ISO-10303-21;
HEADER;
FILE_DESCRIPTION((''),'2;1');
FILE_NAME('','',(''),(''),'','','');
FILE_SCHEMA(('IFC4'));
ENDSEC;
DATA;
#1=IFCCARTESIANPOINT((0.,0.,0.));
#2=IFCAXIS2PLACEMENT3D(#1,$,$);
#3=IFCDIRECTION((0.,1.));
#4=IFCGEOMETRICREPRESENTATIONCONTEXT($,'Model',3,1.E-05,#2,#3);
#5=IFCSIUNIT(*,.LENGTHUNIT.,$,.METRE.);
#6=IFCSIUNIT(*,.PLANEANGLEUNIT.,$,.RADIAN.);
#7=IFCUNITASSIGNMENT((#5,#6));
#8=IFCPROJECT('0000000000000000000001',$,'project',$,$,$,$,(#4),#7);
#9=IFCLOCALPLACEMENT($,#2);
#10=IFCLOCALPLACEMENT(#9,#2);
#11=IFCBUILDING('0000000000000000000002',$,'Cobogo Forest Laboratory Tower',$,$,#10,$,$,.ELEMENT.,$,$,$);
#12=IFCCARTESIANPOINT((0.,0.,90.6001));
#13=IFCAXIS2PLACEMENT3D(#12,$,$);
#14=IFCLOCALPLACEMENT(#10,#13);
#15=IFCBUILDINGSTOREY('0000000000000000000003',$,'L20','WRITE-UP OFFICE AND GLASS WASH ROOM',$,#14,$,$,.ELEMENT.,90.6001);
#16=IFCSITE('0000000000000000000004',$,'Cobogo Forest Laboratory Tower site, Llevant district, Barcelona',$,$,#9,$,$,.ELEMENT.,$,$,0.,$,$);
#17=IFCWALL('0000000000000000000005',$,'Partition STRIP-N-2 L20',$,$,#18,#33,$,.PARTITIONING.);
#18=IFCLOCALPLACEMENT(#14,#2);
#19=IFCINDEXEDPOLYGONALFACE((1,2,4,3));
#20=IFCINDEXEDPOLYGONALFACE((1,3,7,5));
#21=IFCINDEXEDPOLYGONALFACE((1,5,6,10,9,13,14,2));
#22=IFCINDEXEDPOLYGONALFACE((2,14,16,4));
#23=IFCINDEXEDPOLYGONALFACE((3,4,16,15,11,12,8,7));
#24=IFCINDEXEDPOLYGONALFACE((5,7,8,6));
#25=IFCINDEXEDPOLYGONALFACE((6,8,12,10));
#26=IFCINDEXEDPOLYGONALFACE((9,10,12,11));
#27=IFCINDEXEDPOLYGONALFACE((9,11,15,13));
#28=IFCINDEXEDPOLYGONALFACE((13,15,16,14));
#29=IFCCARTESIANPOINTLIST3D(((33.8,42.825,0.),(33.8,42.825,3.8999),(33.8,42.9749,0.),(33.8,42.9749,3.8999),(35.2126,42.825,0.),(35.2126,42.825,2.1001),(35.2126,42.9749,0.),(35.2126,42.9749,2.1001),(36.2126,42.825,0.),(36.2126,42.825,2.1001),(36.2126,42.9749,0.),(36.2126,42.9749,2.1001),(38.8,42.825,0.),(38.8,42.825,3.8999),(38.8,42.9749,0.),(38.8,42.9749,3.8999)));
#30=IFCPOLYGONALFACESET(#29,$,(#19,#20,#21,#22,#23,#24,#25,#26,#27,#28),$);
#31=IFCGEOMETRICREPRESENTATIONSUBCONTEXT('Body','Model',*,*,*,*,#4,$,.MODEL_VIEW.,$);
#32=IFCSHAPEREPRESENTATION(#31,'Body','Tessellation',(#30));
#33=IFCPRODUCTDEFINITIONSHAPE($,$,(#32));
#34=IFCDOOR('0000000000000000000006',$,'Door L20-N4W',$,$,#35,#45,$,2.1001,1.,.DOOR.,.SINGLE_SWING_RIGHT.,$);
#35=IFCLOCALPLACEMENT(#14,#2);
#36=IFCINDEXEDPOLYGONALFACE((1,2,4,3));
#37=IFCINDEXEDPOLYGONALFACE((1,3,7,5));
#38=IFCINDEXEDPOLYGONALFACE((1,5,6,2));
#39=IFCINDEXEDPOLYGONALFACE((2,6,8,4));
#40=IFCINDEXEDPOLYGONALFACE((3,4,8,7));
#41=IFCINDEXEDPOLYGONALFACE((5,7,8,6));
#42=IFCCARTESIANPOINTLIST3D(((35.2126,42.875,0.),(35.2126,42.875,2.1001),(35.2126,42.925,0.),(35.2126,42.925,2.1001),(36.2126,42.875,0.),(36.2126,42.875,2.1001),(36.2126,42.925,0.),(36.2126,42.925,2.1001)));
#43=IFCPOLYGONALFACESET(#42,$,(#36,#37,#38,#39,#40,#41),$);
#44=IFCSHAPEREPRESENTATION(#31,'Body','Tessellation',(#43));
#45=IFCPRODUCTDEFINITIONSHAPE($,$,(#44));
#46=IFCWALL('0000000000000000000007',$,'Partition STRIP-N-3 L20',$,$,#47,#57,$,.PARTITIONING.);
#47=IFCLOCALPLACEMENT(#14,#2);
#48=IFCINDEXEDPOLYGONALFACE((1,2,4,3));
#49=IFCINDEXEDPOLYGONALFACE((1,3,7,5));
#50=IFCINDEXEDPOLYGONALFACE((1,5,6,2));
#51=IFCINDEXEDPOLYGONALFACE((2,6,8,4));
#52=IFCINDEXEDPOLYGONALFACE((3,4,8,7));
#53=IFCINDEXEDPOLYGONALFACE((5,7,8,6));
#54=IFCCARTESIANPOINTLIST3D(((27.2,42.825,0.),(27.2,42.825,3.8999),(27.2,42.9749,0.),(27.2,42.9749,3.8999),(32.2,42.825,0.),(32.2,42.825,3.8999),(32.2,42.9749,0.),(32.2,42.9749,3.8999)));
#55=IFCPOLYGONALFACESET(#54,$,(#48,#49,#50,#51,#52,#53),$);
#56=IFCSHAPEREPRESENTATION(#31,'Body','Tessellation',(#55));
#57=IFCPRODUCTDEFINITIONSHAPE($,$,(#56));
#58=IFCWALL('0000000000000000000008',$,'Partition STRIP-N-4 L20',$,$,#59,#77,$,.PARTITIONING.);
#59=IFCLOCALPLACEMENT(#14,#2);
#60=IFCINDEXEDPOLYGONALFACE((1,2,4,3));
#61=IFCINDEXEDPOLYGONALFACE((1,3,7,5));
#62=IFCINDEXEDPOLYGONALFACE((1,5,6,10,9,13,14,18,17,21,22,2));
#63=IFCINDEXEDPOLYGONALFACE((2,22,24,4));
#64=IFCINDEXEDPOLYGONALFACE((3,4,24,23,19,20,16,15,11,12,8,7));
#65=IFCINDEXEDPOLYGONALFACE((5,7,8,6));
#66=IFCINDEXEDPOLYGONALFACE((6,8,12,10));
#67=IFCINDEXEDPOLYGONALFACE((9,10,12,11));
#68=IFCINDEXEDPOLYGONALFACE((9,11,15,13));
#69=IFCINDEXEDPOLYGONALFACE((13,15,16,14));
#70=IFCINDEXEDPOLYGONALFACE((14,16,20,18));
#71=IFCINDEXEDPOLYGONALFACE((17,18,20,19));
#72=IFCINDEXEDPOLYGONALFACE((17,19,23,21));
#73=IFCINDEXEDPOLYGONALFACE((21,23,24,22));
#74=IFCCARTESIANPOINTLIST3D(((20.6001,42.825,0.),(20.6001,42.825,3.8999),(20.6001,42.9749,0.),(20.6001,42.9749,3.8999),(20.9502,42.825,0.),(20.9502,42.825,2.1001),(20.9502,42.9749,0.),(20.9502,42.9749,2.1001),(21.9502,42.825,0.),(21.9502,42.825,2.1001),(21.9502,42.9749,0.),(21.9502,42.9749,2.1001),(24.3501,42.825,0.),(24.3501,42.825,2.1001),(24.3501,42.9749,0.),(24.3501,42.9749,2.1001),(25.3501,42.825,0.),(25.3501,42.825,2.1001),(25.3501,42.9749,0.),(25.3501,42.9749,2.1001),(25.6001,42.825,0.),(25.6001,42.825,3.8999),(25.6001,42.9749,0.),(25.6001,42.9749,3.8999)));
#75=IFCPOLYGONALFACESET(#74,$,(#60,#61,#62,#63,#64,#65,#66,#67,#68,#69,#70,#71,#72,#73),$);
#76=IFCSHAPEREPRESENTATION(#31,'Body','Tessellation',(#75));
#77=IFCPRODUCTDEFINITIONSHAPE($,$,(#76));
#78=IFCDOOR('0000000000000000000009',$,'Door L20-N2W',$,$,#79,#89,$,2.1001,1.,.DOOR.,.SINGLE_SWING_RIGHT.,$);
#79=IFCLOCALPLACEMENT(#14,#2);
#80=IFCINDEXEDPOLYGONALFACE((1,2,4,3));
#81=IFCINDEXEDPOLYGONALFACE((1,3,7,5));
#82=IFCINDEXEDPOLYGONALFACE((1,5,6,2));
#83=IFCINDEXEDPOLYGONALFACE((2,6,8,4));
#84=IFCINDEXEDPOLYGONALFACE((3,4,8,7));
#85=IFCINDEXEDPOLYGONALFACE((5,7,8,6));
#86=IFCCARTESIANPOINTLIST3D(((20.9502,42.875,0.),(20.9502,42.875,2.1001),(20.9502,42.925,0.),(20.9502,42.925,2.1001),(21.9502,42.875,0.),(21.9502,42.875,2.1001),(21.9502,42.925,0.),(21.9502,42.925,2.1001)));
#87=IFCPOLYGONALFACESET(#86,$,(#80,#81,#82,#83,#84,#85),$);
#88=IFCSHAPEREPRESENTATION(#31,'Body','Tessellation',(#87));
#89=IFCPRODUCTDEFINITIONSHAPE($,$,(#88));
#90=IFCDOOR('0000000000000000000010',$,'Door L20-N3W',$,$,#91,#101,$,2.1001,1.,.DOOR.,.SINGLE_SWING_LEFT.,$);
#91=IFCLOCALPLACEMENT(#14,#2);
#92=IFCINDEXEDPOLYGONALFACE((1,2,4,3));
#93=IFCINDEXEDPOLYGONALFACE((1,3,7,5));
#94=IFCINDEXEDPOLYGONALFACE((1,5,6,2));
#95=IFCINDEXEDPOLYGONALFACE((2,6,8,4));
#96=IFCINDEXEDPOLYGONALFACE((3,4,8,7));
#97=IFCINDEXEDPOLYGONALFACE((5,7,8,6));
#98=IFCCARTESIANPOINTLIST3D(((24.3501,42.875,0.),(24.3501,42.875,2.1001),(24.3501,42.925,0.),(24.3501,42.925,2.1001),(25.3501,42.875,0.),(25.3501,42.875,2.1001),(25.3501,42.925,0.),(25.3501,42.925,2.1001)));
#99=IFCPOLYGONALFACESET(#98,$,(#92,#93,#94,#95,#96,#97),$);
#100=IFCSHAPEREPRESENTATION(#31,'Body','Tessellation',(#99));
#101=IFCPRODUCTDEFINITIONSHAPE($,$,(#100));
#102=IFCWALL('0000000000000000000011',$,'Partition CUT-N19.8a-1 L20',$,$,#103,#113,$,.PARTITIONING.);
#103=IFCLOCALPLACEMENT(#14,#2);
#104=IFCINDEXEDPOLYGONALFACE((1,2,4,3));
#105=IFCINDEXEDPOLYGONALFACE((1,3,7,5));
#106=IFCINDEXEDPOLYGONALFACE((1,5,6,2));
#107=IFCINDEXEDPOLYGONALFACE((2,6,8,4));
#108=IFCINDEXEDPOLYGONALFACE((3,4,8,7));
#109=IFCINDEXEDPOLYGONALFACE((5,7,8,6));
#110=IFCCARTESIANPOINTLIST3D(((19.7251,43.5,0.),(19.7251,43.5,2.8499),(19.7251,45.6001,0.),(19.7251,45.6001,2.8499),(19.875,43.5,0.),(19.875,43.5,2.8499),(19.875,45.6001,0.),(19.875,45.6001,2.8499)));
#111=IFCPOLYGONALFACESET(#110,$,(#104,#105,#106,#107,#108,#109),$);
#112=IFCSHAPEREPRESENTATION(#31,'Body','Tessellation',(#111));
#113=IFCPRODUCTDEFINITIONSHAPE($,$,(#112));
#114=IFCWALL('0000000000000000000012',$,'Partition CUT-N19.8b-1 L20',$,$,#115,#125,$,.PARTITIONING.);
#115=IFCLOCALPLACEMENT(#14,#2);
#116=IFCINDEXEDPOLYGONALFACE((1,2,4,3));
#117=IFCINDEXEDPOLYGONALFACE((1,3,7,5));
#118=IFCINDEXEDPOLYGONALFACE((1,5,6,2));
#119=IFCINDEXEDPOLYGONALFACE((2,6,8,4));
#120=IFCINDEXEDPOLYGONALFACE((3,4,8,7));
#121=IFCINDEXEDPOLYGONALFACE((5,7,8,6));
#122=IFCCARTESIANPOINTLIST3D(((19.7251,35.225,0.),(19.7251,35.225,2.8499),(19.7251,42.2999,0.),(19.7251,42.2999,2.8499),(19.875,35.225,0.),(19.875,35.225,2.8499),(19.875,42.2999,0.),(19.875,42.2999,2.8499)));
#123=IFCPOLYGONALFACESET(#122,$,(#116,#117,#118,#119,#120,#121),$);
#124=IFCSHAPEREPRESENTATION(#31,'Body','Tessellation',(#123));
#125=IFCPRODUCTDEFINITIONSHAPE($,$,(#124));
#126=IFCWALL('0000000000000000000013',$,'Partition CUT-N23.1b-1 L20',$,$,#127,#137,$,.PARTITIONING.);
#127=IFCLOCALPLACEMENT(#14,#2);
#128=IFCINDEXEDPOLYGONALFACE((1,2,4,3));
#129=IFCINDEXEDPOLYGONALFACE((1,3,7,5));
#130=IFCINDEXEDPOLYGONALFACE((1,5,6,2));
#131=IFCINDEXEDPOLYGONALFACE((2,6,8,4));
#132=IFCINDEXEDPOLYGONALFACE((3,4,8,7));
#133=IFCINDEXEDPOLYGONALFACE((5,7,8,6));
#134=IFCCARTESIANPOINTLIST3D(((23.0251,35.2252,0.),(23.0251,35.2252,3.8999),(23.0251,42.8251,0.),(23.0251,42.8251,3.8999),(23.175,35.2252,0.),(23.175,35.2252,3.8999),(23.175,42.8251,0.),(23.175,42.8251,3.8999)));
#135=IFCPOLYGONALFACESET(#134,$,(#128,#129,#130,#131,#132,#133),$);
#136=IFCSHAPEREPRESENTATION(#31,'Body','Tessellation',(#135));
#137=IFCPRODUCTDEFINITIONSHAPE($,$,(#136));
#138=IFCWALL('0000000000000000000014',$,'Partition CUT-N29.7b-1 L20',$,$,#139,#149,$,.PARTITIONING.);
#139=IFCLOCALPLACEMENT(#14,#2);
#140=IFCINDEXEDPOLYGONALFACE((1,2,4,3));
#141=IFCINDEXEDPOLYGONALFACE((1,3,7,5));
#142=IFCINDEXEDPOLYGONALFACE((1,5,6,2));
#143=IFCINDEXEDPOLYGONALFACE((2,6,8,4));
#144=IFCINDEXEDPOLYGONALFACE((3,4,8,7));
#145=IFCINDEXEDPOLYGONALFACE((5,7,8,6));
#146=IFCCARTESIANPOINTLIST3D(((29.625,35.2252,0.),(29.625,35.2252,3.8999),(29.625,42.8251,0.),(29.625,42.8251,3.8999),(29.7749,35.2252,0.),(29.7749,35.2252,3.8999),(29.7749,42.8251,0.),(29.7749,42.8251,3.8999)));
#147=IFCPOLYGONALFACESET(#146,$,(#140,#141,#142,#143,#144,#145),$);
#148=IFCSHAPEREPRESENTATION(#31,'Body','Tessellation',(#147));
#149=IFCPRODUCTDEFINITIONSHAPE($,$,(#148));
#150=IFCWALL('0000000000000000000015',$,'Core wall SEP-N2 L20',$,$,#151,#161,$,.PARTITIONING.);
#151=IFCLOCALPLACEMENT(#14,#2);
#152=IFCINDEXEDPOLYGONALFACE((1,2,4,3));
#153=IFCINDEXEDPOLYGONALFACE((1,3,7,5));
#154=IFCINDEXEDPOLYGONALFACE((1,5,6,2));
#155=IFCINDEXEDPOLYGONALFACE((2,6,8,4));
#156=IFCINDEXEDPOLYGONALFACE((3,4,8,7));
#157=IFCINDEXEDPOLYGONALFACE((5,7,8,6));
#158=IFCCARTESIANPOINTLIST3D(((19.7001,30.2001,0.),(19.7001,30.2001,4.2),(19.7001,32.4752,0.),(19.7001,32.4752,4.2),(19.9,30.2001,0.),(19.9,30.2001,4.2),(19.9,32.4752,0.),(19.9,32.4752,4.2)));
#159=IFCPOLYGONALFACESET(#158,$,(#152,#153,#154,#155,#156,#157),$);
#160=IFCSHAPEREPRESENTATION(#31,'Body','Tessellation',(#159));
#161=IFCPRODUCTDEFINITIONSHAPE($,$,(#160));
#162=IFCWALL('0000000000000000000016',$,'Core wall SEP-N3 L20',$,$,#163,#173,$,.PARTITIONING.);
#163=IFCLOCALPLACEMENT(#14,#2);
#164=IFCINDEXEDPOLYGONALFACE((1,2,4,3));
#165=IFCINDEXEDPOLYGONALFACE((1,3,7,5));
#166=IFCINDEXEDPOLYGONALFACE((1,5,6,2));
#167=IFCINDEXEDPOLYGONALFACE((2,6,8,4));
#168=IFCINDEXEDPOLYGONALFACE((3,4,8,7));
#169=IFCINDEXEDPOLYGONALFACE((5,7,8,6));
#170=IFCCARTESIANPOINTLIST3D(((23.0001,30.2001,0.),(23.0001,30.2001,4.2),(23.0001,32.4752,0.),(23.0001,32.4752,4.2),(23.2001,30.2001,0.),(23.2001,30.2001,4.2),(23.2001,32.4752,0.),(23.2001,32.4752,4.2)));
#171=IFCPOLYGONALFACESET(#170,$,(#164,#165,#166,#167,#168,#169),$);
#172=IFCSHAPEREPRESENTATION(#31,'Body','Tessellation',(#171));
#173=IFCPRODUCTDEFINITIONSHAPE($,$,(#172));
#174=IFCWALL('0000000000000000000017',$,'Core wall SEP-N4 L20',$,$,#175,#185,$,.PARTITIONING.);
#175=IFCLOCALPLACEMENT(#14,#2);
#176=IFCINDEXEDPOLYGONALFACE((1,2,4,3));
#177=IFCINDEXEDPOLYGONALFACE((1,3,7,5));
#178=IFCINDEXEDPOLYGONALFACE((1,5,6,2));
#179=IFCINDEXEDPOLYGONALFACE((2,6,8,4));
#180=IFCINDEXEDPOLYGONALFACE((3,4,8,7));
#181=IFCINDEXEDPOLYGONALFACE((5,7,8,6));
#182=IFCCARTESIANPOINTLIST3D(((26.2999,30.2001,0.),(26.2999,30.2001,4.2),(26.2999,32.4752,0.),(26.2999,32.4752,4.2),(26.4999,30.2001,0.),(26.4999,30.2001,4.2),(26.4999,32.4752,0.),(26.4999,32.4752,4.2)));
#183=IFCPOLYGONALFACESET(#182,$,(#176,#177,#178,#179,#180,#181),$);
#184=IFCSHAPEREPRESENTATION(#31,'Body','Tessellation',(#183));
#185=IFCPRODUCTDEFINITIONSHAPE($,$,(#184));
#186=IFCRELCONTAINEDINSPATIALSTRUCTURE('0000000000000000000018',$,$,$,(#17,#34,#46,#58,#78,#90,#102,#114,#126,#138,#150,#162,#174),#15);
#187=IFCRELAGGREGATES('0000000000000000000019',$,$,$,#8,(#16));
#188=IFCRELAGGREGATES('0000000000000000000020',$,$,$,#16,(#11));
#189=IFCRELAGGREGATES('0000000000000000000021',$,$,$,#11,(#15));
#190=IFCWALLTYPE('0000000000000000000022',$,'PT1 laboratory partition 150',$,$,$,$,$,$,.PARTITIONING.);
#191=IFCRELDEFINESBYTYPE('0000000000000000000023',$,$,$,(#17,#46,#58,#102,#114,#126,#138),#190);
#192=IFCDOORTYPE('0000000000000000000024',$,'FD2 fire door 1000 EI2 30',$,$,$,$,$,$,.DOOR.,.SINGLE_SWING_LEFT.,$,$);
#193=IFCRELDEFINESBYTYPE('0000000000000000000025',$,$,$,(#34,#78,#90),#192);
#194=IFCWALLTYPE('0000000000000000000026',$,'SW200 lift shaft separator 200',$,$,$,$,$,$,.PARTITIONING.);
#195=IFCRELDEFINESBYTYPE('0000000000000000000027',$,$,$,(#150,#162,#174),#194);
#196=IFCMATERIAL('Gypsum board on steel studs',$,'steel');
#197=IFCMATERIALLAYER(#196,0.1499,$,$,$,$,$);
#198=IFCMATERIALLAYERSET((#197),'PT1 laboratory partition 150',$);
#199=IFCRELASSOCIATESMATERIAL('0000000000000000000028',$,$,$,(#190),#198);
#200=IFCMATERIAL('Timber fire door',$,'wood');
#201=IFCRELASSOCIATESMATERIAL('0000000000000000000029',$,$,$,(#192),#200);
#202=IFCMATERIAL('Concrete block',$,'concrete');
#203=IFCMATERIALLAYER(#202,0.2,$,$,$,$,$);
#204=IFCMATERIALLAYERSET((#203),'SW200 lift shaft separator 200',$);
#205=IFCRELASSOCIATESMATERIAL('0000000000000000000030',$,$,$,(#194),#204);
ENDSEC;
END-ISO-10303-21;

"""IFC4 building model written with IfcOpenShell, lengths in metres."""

from ifc_helpers import new_model, si_unit, direction, frame, frame_2d, origin, place, context, subcontext, project, spatial, rectangle, extrude, material, layer, layer_set, type_object, element, fill, save


model = new_model("IFC4")

# Units and contexts
model_context = context("Model", 3, precision=1e-05, world=origin(), true_north=direction((0.0, 1.0)))
body_context = subcontext(model_context, "Body", "Model", "MODEL_VIEW")
ifc_project = project(units=[si_unit("LENGTHUNIT", "METRE"), si_unit("PLANEANGLEUNIT", "RADIAN")], contexts=[model_context])

# Site, building, storey
site_placement = place(None, origin())
site = spatial("IfcSite", under=ifc_project, at=site_placement, Name="Cobogo Forest Laboratory Tower site, Llevant district, Barcelona", CompositionType="ELEMENT", RefElevation=0.0)
building_placement = place(site_placement, origin())
building = spatial("IfcBuilding", under=site, at=building_placement, Name="Cobogo Forest Laboratory Tower", CompositionType="ELEMENT")
storey_placement = place(building_placement, frame((0.0, 0.0, 90.6001)))
storey = spatial("IfcBuildingStorey", under=building, at=storey_placement, Name="L20", Description="WRITE-UP OFFICE AND GLASS WASH ROOM", CompositionType="ELEMENT", Elevation=90.6001)

# Wall, opening, door
ifc_material_1 = material(Name="Gypsum board on steel studs", Category="steel")
ifc_layer_1 = layer(ifc_material_1, 0.1499)
ifc_layer_set_1 = layer_set([ifc_layer_1], Name="PT1 laboratory partition 150")
wall_type_1 = type_object("IfcWallType", Name="PT1 laboratory partition 150", PredefinedType="PARTITIONING", material=ifc_layer_set_1)
wall_1_placement = place(storey_placement, frame((38.8, 42.8999, 0.0), z_axis=(0.0, 0.0, 1.0), x_axis=(-1.0, 0.0, 0.0)))
wall_1 = element("IfcWall", 1, at=wall_1_placement, inside=storey, type_object=wall_type_1, Name="Partition STRIP-N-2 L20", PredefinedType="PARTITIONING", context=body_context, shape_type="SweptSolid", body=[
    extrude(rectangle(XDim=5.0, YDim=0.1499, at=frame_2d((2.5, 0.0))), origin(), (0.0, 0.0, 1.0), 3.8999),
])
opening_1_placement = place(wall_1_placement, frame((2.5874, 0.0, 0.0)))
opening_1 = element("IfcOpeningElement", 2, at=opening_1_placement, cuts=wall_1, PredefinedType="OPENING", context=body_context, shape_type="SweptSolid", body=[
    extrude(rectangle(XDim=1.0, YDim=2.1001, at=frame_2d((0.5, 1.05))), frame((0.0, 0.085, 0.0), z_axis=(0.0, -1.0, 0.0), x_axis=(1.0, 0.0, 0.0)), (0.0, 0.0, 1.0), 0.1699),
])
ifc_material_2 = material(Name="Timber fire door", Category="wood")
door_type = type_object("IfcDoorType", Name="FD2 fire door 1000 EI2 30", OperationType="SINGLE_SWING_LEFT", PredefinedType="DOOR", material=ifc_material_2)
door_1_placement = place(opening_1_placement, origin())
door_1 = element("IfcDoor", 3, at=door_1_placement, inside=storey, type_object=door_type, Name="Door L20-N4W", OperationType="SINGLE_SWING_RIGHT", OverallHeight=2.1001, OverallWidth=1.0, PredefinedType="DOOR", context=body_context, shape_type="SweptSolid", body=[
    extrude(rectangle(XDim=1.0, YDim=2.1001, at=frame_2d((0.5, 1.05))), frame((0.0, 0.0249, 0.0), z_axis=(0.0, -1.0, 0.0), x_axis=(1.0, 0.0, 0.0)), (0.0, 0.0, 1.0), 0.05),
])
fill(opening_1, door_1)

# Wall
wall_2_placement = place(storey_placement, frame((32.2, 42.8999, 0.0), z_axis=(0.0, 0.0, 1.0), x_axis=(-1.0, 0.0, 0.0)))
element("IfcWall", 4, at=wall_2_placement, inside=storey, type_object=wall_type_1, Name="Partition STRIP-N-3 L20", PredefinedType="PARTITIONING", context=body_context, shape_type="SweptSolid", body=[
    extrude(rectangle(XDim=5.0, YDim=0.1499, at=frame_2d((2.5, 0.0))), origin(), (0.0, 0.0, 1.0), 3.8999),
])

# Wall, openings, doors
wall_3_placement = place(storey_placement, frame((25.6001, 42.8999, 0.0), z_axis=(0.0, 0.0, 1.0), x_axis=(-1.0, 0.0, 0.0)))
wall_3 = element("IfcWall", 5, at=wall_3_placement, inside=storey, type_object=wall_type_1, Name="Partition STRIP-N-4 L20", PredefinedType="PARTITIONING", context=body_context, shape_type="SweptSolid", body=[
    extrude(rectangle(XDim=5.0, YDim=0.1499, at=frame_2d((2.5, 0.0))), origin(), (0.0, 0.0, 1.0), 3.8999),
])
opening_2_placement = place(wall_3_placement, frame((3.6499, 0.0, 0.0)))
opening_2 = element("IfcOpeningElement", 6, at=opening_2_placement, cuts=wall_3, PredefinedType="OPENING", context=body_context, shape_type="SweptSolid", body=[
    extrude(rectangle(XDim=1.0, YDim=2.1001, at=frame_2d((0.5, 1.05))), frame((0.0, 0.085, 0.0), z_axis=(0.0, -1.0, 0.0), x_axis=(1.0, 0.0, 0.0)), (0.0, 0.0, 1.0), 0.1699),
])
opening_3_placement = place(wall_3_placement, frame((0.25, 0.0, 0.0)))
opening_3 = element("IfcOpeningElement", 7, at=opening_3_placement, cuts=wall_3, PredefinedType="OPENING", context=body_context, shape_type="SweptSolid", body=[
    extrude(rectangle(XDim=1.0, YDim=2.1001, at=frame_2d((0.5, 1.05))), frame((0.0, 0.085, 0.0), z_axis=(0.0, -1.0, 0.0), x_axis=(1.0, 0.0, 0.0)), (0.0, 0.0, 1.0), 0.1699),
])
door_2_placement = place(opening_2_placement, origin())
door_2 = element("IfcDoor", 8, at=door_2_placement, inside=storey, type_object=door_type, Name="Door L20-N2W", OperationType="SINGLE_SWING_RIGHT", OverallHeight=2.1001, OverallWidth=1.0, PredefinedType="DOOR", context=body_context, shape_type="SweptSolid", body=[
    extrude(rectangle(XDim=1.0, YDim=2.1001, at=frame_2d((0.5, 1.05))), frame((0.0, 0.0249, 0.0), z_axis=(0.0, -1.0, 0.0), x_axis=(1.0, 0.0, 0.0)), (0.0, 0.0, 1.0), 0.05),
])
fill(opening_2, door_2)
door_3_placement = place(opening_3_placement, origin())
door_3 = element("IfcDoor", 9, at=door_3_placement, inside=storey, type_object=door_type, Name="Door L20-N3W", OperationType="SINGLE_SWING_LEFT", OverallHeight=2.1001, OverallWidth=1.0, PredefinedType="DOOR", context=body_context, shape_type="SweptSolid", body=[
    extrude(rectangle(XDim=1.0, YDim=2.1001, at=frame_2d((0.5, 1.05))), frame((0.0, 0.0249, 0.0), z_axis=(0.0, -1.0, 0.0), x_axis=(1.0, 0.0, 0.0)), (0.0, 0.0, 1.0), 0.05),
])
fill(opening_3, door_3)

# Walls
wall_4_placement = place(storey_placement, frame((19.8, 45.6001, 0.0), z_axis=(0.0, 0.0, 1.0), x_axis=(0.0, -1.0, 0.0)))
element("IfcWall", 10, at=wall_4_placement, inside=storey, type_object=wall_type_1, Name="Partition CUT-N19.8a-1 L20", PredefinedType="PARTITIONING", context=body_context, shape_type="SweptSolid", body=[
    extrude(rectangle(XDim=2.1001, YDim=0.1499, at=frame_2d((1.05, 0.0))), origin(), (0.0, 0.0, 1.0), 2.8499),
])
wall_5_placement = place(storey_placement, frame((19.8, 42.3, 0.0), z_axis=(0.0, 0.0, 1.0), x_axis=(0.0, -1.0, 0.0)))
element("IfcWall", 11, at=wall_5_placement, inside=storey, type_object=wall_type_1, Name="Partition CUT-N19.8b-1 L20", PredefinedType="PARTITIONING", context=body_context, shape_type="SweptSolid", body=[
    extrude(rectangle(XDim=7.075, YDim=0.1499, at=frame_2d((3.5376, 0.0))), origin(), (0.0, 0.0, 1.0), 2.8499),
])
for number, where, z_axis, x_axis, name in (
    (12, (23.1001, 42.825, 0.0), (0.0, 0.0, 1.0), (0.0, -1.0, 0.0), "Partition CUT-N23.1b-1 L20"),
    (13, (29.7, 42.825, 0.0), (0.0, 0.0, 1.0), (0.0, -1.0, 0.0), "Partition CUT-N29.7b-1 L20"),
):
    element("IfcWall", number, at=place(storey_placement, frame(where, z_axis=z_axis, x_axis=x_axis)), inside=storey, type_object=wall_type_1, Name=name, PredefinedType="PARTITIONING", context=body_context, shape_type="SweptSolid", body=[
        extrude(rectangle(XDim=7.5999, YDim=0.1499, at=frame_2d((3.7998, 0.0))), origin(), (0.0, 0.0, 1.0), 3.8999),
    ])
ifc_material_3 = material(Name="Concrete block", Category="concrete")
ifc_layer_2 = layer(ifc_material_3, 0.2)
ifc_layer_set_2 = layer_set([ifc_layer_2], Name="SW200 lift shaft separator 200")
wall_type_2 = type_object("IfcWallType", Name="SW200 lift shaft separator 200", PredefinedType="PARTITIONING", material=ifc_layer_set_2)
for number, where, z_axis, x_axis, name in (
    (14, (19.8, 30.2, 0.0), (0.0, 0.0, 1.0), (0.0, 1.0, 0.0), "Core wall SEP-N2 L20"),
    (15, (23.1001, 30.2, 0.0), (0.0, 0.0, 1.0), (0.0, 1.0, 0.0), "Core wall SEP-N3 L20"),
    (16, (26.3999, 30.2, 0.0), (0.0, 0.0, 1.0), (0.0, 1.0, 0.0), "Core wall SEP-N4 L20"),
):
    element("IfcWall", number, at=place(storey_placement, frame(where, z_axis=z_axis, x_axis=x_axis)), inside=storey, type_object=wall_type_2, Name=name, PredefinedType="PARTITIONING", context=body_context, shape_type="SweptSolid", body=[
        extrude(rectangle(XDim=2.2751, YDim=0.2, at=frame_2d((1.1377, 0.0))), origin(), (0.0, 0.0, 1.0), 4.2),
    ])

save(model, "model.ifc")
